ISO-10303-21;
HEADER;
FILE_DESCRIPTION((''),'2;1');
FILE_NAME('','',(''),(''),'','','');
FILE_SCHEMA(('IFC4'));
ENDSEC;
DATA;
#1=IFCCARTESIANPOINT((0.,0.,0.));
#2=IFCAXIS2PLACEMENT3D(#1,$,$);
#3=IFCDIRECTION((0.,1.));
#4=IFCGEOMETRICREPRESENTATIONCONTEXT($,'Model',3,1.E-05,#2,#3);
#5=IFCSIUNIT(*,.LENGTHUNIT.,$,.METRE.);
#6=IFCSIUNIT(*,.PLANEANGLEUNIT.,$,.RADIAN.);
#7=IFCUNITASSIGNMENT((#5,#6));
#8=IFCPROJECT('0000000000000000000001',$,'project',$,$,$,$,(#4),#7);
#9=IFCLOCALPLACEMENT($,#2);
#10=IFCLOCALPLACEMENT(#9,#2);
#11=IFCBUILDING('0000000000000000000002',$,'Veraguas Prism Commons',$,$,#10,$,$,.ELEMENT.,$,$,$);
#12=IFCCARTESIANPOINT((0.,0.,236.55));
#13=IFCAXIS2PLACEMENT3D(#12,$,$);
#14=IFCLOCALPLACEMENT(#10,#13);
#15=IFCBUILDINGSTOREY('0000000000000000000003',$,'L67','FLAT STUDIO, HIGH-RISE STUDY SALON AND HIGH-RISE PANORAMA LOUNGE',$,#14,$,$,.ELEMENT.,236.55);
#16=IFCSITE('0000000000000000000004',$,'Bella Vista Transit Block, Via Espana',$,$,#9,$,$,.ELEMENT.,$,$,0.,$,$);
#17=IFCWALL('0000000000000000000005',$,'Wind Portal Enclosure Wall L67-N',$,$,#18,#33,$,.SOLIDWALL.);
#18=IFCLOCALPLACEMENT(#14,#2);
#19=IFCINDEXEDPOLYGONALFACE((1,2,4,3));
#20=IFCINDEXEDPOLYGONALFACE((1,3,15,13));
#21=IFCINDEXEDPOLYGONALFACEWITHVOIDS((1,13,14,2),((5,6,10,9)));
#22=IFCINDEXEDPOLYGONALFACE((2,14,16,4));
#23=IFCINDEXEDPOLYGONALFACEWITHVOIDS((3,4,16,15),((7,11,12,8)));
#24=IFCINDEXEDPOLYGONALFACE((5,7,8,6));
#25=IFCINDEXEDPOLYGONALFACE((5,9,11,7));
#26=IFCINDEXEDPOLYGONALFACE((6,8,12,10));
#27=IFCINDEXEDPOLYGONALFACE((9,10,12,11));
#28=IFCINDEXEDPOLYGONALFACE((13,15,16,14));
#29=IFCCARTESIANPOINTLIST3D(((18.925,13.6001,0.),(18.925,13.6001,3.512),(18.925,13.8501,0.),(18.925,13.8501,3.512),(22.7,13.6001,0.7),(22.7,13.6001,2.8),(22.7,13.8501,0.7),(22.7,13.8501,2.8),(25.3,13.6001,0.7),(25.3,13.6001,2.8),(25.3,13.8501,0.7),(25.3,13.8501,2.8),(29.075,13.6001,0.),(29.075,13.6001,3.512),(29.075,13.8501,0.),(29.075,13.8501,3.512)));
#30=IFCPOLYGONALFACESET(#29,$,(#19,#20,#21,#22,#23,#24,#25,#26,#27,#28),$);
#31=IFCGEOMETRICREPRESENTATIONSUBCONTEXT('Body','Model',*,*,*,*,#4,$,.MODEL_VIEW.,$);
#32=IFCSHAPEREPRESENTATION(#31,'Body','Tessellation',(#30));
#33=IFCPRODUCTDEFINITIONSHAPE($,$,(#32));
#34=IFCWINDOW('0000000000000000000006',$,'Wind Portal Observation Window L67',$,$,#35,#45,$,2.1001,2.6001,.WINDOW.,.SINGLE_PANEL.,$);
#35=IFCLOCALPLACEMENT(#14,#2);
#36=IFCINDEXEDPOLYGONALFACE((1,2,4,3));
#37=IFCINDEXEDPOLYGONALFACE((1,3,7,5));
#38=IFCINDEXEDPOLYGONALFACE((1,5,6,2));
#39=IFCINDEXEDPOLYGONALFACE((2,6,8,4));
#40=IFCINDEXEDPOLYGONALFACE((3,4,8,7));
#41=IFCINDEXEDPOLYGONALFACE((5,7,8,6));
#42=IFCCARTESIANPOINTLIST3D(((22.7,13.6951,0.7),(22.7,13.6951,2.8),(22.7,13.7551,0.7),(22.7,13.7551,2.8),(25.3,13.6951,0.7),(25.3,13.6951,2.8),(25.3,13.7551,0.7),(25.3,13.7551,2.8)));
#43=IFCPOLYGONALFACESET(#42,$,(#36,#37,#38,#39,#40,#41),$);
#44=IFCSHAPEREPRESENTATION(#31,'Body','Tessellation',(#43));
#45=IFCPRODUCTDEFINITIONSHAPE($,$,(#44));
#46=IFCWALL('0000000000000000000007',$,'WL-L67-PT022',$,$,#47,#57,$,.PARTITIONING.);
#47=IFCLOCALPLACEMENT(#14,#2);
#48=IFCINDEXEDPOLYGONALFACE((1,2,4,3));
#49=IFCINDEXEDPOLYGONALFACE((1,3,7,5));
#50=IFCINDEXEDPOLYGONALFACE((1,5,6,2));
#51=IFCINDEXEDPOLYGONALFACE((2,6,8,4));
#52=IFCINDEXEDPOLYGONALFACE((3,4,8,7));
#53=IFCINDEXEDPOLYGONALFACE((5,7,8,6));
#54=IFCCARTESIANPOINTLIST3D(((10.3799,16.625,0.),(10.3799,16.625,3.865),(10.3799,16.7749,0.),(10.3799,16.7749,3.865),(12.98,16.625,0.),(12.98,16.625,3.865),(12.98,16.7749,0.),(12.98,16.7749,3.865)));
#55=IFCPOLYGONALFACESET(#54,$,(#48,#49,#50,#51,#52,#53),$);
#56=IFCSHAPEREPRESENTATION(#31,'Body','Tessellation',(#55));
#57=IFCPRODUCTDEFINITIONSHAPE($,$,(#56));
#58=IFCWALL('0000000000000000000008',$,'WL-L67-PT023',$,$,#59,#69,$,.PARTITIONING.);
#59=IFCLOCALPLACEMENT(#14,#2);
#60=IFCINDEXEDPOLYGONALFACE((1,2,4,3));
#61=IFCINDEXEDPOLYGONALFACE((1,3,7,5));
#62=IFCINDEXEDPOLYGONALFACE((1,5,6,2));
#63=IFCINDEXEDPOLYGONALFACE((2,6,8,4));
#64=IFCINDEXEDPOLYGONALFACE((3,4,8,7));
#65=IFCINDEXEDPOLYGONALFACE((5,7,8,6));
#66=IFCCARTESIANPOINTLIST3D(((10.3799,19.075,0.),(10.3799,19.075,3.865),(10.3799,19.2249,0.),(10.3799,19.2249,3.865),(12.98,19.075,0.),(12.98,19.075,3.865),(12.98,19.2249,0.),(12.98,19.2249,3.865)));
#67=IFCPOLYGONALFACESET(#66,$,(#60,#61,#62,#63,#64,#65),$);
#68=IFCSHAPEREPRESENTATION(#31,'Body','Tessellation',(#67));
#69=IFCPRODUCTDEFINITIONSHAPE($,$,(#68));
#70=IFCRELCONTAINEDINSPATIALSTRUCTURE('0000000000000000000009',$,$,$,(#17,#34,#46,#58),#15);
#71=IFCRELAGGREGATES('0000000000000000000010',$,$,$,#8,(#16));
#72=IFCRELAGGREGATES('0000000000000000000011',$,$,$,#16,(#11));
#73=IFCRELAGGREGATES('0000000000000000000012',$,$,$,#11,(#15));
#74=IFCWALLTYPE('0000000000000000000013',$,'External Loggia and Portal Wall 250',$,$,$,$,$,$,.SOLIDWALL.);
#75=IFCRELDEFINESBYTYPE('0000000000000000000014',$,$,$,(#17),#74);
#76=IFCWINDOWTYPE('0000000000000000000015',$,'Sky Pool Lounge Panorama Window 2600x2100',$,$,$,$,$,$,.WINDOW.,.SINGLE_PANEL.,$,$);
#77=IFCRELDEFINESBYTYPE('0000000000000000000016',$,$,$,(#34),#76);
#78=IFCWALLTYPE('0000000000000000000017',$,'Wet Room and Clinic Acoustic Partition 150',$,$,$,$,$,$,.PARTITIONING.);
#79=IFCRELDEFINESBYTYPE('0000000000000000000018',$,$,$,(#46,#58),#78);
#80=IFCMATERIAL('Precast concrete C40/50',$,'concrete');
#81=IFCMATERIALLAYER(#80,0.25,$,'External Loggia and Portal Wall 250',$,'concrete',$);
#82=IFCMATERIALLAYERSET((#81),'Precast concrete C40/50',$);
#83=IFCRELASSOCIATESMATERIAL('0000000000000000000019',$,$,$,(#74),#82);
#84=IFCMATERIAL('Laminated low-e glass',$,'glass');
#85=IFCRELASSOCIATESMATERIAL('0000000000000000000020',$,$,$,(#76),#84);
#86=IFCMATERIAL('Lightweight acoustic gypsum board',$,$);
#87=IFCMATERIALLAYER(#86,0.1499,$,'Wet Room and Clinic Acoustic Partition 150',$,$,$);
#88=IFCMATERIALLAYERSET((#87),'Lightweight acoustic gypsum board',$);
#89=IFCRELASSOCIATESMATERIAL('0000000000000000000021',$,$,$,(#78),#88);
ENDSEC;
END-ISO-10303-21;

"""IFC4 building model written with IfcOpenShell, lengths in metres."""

from ifc_helpers import new_model, si_unit, direction, frame, frame_2d, origin, place, context, subcontext, project, spatial, rectangle, extrude, source, transform, mapped, material, layer, layer_set, type_object, element, fill, save


model = new_model("IFC4")

# Units and contexts
model_context = context("Model", 3, precision=1e-05, world=origin(), true_north=direction((0.0, 1.0)))
body_context = subcontext(model_context, "Body", "Model", "MODEL_VIEW")
ifc_project = project(units=[si_unit("LENGTHUNIT", "METRE"), si_unit("PLANEANGLEUNIT", "RADIAN")], contexts=[model_context])

# Site, building, storey
site_placement = place(None, origin())
site = spatial("IfcSite", under=ifc_project, at=site_placement, Name="Bella Vista Transit Block, Via Espana", CompositionType="ELEMENT", RefElevation=0.0)
building_placement = place(site_placement, origin())
building = spatial("IfcBuilding", under=site, at=building_placement, Name="Veraguas Prism Commons", CompositionType="ELEMENT")
storey_placement = place(building_placement, frame((0.0, 0.0, 236.55)))
storey = spatial("IfcBuildingStorey", under=building, at=storey_placement, Name="L67", Description="FLAT STUDIO, HIGH-RISE STUDY SALON AND HIGH-RISE PANORAMA LOUNGE", CompositionType="ELEMENT", Elevation=236.55)

# Wall, opening, window
ifc_material_1 = material(Name="Precast concrete C40/50", Category="concrete")
ifc_layer_1 = layer(ifc_material_1, 0.25, Name="External Loggia and Portal Wall 250", Category="concrete")
ifc_layer_set_1 = layer_set([ifc_layer_1], Name="Precast concrete C40/50")
wall_type_1 = type_object("IfcWallType", Name="External Loggia and Portal Wall 250", PredefinedType="SOLIDWALL", material=ifc_layer_set_1)
wall_1_placement = place(storey_placement, frame((18.925, 13.7251, 0.0), z_axis=(0.0, 0.0, 1.0), x_axis=(1.0, 0.0, 0.0)))
wall_1 = element("IfcWall", 1, at=wall_1_placement, inside=storey, type_object=wall_type_1, Name="Wind Portal Enclosure Wall L67-N", PredefinedType="SOLIDWALL", context=body_context, shape_type="SweptSolid", body=[
    extrude(rectangle(XDim=10.1499, YDim=0.25, at=frame_2d((5.075, 0.0))), origin(), (0.0, 0.0, 1.0), 3.512),
])
opening_1_placement = place(wall_1_placement, frame((3.7749, 0.0, 0.7)))
opening_1 = element("IfcOpeningElement", 2, at=opening_1_placement, cuts=wall_1, PredefinedType="OPENING", context=body_context, shape_type="SweptSolid", body=[
    extrude(rectangle(XDim=2.6001, YDim=2.1001, at=frame_2d((1.3, 1.05))), frame((0.0, 0.135, 0.0), z_axis=(0.0, -1.0, 0.0), x_axis=(1.0, 0.0, 0.0)), (0.0, 0.0, 1.0), 0.27),
])
ifc_material_2 = material(Name="Laminated low-e glass", Category="glass")
window_type = type_object("IfcWindowType", Name="Sky Pool Lounge Panorama Window 2600x2100", PartitioningType="SINGLE_PANEL", PredefinedType="WINDOW", material=ifc_material_2)
shared_shape_1 = source(origin(), body_context, "Body", "SweptSolid", [
    extrude(rectangle(XDim=2.6001, YDim=2.1001, at=frame_2d((1.3, 1.05))), frame((0.0, 0.03, 0.0), z_axis=(0.0, -1.0, 0.0), x_axis=(1.0, 0.0, 0.0)), (0.0, 0.0, 1.0), 0.0601),
])
window_placement = place(opening_1_placement, origin())
window = element("IfcWindow", 3, at=window_placement, inside=storey, type_object=window_type, Name="Wind Portal Observation Window L67", OverallHeight=2.1001, OverallWidth=2.6001, PartitioningType="SINGLE_PANEL", PredefinedType="WINDOW", context=body_context, shape_type="MappedRepresentation", body=[
    mapped(shared_shape_1, transform((0.0, 0.0, 0.0), scale=1.0)),
])
fill(opening_1, window)

# Walls
ifc_material_3 = material(Name="Lightweight acoustic gypsum board")
ifc_layer_2 = layer(ifc_material_3, 0.1499, Name="Wet Room and Clinic Acoustic Partition 150")
ifc_layer_set_2 = layer_set([ifc_layer_2], Name="Lightweight acoustic gypsum board")
wall_type_2 = type_object("IfcWallType", Name="Wet Room and Clinic Acoustic Partition 150", PredefinedType="PARTITIONING", material=ifc_layer_set_2)
for number, where, z_axis, x_axis, name in (
    (4, (12.98, 16.7, 0.0), (0.0, 0.0, 1.0), (-1.0, 0.0, 0.0), "WL-L67-PT022"),
    (5, (12.98, 19.1499, 0.0), (0.0, 0.0, 1.0), (-1.0, 0.0, 0.0), "WL-L67-PT023"),
):
    element("IfcWall", number, at=place(storey_placement, frame(where, z_axis=z_axis, x_axis=x_axis)), inside=storey, type_object=wall_type_2, Name=name, PredefinedType="PARTITIONING", context=body_context, shape_type="SweptSolid", body=[
        extrude(rectangle(XDim=2.6001, YDim=0.1499, at=frame_2d((1.3, 0.0))), origin(), (0.0, 0.0, 1.0), 3.865),
    ])

save(model, "model.ifc")
